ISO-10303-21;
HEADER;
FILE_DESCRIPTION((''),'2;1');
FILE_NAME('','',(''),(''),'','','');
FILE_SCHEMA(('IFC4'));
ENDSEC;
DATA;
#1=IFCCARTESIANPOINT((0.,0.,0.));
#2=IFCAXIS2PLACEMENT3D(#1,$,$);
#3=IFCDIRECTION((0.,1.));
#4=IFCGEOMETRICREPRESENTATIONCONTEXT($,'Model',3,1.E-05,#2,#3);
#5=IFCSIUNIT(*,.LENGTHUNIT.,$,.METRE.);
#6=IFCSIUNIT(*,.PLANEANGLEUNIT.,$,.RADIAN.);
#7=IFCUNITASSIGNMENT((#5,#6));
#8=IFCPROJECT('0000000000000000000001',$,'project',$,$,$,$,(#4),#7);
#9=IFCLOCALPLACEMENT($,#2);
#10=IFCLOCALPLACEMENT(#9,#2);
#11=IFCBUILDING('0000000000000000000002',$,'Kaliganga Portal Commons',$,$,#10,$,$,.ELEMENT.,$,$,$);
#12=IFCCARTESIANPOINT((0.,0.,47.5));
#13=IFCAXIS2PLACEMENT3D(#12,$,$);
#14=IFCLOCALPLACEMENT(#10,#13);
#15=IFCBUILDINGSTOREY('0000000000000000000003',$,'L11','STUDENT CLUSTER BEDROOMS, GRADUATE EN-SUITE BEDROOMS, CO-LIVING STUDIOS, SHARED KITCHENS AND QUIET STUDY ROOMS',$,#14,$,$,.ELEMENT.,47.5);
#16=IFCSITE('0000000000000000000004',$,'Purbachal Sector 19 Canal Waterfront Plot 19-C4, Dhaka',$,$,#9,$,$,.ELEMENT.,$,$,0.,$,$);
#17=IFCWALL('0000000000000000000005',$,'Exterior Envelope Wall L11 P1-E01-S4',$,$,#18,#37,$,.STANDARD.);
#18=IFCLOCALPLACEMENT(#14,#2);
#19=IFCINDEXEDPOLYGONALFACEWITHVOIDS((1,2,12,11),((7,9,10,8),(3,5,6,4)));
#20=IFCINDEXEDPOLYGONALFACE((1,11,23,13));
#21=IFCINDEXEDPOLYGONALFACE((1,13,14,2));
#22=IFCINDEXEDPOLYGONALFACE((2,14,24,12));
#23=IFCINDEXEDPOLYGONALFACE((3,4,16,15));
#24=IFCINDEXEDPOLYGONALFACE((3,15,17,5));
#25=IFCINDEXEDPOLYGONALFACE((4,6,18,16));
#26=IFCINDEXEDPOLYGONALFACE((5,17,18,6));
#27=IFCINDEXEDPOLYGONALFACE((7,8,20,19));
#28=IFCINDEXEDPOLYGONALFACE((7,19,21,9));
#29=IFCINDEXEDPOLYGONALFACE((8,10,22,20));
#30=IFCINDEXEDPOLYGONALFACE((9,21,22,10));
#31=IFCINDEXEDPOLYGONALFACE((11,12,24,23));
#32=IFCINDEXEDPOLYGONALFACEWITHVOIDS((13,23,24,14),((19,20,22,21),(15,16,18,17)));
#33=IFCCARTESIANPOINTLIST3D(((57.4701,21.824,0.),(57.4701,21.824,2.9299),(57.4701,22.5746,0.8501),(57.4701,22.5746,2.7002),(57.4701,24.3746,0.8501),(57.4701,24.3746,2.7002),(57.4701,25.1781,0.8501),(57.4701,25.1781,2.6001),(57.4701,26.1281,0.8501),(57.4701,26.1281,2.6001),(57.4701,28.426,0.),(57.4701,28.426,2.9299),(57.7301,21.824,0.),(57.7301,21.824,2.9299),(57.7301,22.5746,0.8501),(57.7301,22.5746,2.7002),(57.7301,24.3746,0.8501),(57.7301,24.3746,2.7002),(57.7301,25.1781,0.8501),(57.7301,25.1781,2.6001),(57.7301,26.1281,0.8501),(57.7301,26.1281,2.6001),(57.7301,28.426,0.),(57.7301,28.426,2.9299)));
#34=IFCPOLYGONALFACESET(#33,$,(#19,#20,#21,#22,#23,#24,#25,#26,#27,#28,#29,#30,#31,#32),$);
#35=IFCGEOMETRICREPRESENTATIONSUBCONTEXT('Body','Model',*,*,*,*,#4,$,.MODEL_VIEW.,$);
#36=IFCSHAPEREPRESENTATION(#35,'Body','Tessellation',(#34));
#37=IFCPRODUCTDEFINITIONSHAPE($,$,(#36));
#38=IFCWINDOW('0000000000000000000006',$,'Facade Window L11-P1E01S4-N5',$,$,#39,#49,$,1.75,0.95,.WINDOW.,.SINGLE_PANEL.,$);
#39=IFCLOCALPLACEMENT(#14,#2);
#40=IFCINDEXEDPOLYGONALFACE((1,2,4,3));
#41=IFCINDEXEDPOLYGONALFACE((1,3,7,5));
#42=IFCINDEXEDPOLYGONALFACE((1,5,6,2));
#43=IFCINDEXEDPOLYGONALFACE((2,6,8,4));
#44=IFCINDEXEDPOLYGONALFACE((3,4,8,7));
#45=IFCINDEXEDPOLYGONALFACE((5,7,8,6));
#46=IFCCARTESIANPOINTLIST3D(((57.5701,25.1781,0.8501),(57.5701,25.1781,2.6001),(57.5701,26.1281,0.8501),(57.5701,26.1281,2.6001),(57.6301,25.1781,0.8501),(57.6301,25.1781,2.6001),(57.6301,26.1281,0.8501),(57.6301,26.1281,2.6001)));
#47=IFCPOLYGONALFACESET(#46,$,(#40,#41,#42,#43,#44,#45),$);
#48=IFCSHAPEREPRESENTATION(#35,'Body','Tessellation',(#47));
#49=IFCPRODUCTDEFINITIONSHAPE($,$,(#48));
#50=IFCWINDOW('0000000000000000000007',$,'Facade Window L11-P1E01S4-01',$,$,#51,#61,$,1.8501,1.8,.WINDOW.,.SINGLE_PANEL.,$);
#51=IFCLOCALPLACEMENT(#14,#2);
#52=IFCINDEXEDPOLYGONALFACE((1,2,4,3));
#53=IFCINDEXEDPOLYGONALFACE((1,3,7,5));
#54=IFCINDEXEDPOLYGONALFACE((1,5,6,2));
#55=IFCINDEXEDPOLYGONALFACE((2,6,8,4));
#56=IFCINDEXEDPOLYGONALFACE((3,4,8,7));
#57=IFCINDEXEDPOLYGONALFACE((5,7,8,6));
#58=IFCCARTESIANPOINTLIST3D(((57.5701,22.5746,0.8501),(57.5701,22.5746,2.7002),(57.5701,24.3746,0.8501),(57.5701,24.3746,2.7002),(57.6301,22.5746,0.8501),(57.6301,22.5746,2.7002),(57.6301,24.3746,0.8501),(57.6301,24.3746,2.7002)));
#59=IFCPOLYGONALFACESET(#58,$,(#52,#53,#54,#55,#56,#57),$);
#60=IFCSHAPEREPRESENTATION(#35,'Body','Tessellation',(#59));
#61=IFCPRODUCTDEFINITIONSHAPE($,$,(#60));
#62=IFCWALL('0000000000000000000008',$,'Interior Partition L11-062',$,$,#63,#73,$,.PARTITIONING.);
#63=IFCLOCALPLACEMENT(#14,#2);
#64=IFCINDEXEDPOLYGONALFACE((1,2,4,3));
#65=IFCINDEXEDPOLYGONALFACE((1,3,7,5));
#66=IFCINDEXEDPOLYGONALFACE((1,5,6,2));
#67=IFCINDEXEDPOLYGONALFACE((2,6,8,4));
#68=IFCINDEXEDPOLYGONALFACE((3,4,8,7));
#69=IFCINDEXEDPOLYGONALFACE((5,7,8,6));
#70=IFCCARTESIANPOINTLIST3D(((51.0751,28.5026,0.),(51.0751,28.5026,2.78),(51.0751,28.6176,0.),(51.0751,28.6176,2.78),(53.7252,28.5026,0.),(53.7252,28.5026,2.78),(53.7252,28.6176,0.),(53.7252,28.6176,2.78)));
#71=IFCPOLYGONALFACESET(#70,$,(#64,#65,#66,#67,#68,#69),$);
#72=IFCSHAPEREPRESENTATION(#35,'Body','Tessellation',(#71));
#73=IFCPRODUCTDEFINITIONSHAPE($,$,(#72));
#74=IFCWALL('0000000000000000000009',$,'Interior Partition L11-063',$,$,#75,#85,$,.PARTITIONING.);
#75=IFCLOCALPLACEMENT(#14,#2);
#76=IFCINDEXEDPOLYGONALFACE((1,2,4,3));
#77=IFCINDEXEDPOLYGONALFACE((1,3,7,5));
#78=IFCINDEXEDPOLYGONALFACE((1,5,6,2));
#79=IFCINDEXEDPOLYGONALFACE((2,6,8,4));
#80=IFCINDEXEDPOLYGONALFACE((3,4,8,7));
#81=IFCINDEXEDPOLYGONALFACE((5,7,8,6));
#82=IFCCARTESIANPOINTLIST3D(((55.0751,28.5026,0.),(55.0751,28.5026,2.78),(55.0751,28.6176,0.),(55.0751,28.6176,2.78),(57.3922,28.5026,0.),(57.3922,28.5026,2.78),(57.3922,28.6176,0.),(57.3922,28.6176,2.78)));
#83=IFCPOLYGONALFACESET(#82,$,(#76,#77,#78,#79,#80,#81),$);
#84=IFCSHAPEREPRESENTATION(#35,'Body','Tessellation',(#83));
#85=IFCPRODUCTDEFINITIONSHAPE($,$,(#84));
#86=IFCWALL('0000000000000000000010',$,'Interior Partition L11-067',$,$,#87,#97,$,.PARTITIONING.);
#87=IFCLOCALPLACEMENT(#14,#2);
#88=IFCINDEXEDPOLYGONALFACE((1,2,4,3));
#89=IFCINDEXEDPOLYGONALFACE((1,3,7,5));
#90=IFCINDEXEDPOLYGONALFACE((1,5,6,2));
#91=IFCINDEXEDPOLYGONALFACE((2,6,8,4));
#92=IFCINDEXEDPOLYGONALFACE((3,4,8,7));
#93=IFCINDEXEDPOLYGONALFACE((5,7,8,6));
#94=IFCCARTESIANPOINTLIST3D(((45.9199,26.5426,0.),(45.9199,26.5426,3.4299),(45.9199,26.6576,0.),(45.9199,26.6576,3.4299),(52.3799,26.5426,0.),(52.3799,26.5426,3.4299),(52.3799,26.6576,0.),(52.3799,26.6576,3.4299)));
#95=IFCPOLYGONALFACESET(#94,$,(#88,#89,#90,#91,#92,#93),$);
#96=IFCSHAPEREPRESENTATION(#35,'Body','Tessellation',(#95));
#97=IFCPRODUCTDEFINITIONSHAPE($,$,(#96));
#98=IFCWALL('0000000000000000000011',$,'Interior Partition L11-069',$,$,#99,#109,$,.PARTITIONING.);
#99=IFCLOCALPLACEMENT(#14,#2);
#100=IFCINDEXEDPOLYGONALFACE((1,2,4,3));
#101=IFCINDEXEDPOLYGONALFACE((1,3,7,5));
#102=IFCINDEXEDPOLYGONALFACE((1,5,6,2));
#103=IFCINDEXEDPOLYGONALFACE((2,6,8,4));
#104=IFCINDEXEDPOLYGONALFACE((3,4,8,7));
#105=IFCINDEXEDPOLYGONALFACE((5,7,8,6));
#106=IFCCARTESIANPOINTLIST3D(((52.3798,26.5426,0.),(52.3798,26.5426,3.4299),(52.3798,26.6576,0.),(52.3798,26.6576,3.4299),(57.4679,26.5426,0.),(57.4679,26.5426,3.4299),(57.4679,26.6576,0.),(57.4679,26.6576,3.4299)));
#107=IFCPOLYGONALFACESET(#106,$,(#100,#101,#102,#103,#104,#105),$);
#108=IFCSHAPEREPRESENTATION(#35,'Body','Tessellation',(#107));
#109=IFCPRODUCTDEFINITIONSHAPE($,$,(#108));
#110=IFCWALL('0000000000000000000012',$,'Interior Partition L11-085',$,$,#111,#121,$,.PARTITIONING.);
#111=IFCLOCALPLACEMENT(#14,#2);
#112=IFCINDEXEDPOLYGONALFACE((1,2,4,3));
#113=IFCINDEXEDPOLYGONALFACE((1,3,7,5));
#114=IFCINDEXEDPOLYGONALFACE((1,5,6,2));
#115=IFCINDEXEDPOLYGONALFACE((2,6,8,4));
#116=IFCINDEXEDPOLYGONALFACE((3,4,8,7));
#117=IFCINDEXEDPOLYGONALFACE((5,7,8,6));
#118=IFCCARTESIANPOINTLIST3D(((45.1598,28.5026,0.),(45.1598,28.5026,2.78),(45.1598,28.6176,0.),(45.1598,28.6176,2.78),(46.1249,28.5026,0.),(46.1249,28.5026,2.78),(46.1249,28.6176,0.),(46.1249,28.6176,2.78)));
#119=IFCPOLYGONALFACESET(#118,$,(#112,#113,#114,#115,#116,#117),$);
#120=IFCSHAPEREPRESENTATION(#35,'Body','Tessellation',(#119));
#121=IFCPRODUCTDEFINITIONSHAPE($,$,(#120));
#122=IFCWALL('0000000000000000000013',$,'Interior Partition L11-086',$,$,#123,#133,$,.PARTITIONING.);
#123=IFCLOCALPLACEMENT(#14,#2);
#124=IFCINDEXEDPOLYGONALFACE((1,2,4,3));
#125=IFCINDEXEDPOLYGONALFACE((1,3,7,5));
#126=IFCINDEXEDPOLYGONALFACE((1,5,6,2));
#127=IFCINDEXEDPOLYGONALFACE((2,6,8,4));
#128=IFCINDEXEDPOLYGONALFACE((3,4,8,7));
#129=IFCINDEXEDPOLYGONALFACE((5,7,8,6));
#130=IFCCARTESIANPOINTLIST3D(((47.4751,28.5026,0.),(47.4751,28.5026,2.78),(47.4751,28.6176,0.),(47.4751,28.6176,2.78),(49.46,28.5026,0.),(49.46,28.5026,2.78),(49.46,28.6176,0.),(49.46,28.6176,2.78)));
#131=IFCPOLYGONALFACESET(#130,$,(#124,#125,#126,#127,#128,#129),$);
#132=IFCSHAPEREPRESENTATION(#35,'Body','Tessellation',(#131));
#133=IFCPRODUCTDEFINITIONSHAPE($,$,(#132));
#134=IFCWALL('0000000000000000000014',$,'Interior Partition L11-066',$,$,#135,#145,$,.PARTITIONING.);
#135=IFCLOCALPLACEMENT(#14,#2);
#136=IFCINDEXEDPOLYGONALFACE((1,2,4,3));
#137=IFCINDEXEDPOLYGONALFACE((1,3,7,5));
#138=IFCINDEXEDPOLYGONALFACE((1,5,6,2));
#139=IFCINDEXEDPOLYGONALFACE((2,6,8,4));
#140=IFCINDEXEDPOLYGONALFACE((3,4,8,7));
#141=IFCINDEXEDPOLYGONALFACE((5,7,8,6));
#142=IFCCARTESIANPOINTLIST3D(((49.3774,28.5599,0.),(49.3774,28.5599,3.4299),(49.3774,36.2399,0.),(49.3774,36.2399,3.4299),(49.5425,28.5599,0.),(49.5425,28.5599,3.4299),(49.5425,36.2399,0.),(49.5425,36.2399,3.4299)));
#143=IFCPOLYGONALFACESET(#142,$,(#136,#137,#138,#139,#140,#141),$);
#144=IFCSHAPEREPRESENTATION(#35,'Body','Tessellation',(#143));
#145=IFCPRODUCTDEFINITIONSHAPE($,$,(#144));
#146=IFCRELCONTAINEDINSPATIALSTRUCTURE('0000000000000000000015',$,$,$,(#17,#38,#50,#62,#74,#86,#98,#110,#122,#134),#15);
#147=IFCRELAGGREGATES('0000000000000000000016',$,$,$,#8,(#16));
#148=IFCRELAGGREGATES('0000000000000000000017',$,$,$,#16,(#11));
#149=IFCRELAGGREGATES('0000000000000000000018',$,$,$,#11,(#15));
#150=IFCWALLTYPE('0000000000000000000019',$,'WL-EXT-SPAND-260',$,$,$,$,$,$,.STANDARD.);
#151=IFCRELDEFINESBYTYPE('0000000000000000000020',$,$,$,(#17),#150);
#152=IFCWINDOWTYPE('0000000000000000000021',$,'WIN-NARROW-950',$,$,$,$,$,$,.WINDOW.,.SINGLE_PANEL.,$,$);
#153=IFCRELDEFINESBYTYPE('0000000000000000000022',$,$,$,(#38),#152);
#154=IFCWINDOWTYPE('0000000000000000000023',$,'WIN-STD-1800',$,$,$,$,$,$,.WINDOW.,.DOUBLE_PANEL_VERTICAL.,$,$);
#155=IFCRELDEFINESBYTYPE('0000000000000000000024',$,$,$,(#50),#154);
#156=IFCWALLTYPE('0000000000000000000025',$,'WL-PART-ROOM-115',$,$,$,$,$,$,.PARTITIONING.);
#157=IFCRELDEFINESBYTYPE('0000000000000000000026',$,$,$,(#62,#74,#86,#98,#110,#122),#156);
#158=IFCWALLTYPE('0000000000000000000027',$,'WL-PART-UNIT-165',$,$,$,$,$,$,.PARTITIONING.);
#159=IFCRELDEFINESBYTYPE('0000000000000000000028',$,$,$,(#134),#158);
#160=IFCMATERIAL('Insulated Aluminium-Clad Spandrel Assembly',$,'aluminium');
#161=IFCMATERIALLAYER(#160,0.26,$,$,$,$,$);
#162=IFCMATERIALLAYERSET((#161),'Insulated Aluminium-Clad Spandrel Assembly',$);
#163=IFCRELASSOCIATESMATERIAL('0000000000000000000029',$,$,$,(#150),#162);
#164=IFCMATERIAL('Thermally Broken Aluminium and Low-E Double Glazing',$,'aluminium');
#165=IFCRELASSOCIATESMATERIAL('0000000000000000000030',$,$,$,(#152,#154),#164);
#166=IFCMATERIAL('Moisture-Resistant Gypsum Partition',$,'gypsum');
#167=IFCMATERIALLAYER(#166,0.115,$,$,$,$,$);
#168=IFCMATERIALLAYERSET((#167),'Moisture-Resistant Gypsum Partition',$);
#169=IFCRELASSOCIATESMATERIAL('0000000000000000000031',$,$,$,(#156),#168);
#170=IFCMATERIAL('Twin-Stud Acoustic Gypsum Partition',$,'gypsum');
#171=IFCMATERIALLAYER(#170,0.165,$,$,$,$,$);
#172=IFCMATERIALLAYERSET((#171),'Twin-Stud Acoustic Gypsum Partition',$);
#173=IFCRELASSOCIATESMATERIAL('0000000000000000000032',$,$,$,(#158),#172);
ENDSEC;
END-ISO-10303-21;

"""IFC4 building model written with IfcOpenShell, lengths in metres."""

from ifc_helpers import new_model, si_unit, direction, frame, frame_2d, origin, place, context, subcontext, project, spatial, rectangle, extrude, material, layer, layer_set, type_object, element, fill, save


model = new_model("IFC4")

# Units and contexts
model_context = context("Model", 3, precision=1e-05, world=origin(), true_north=direction((0.0, 1.0)))
body_context = subcontext(model_context, "Body", "Model", "MODEL_VIEW")
ifc_project = project(units=[si_unit("LENGTHUNIT", "METRE"), si_unit("PLANEANGLEUNIT", "RADIAN")], contexts=[model_context])

# Site, building, storey
site_placement = place(None, origin())
site = spatial("IfcSite", under=ifc_project, at=site_placement, Name="Purbachal Sector 19 Canal Waterfront Plot 19-C4, Dhaka", CompositionType="ELEMENT", RefElevation=0.0)
building_placement = place(site_placement, origin())
building = spatial("IfcBuilding", under=site, at=building_placement, Name="Kaliganga Portal Commons", CompositionType="ELEMENT")
storey_placement = place(building_placement, frame((0.0, 0.0, 47.5)))
storey = spatial("IfcBuildingStorey", under=building, at=storey_placement, Name="L11", Description="STUDENT CLUSTER BEDROOMS, GRADUATE EN-SUITE BEDROOMS, CO-LIVING STUDIOS, SHARED KITCHENS AND QUIET STUDY ROOMS", CompositionType="ELEMENT", Elevation=47.5)

# Wall, openings, windows
ifc_material_1 = material(Name="Insulated Aluminium-Clad Spandrel Assembly", Category="aluminium")
ifc_layer_1 = layer(ifc_material_1, 0.26)
ifc_layer_set_1 = layer_set([ifc_layer_1], Name="Insulated Aluminium-Clad Spandrel Assembly")
wall_type_1 = type_object("IfcWallType", Name="WL-EXT-SPAND-260", PredefinedType="STANDARD", material=ifc_layer_set_1)
wall_1_placement = place(storey_placement, frame((57.6001, 28.426, 0.0), z_axis=(0.0, 0.0, 1.0), x_axis=(0.0, -1.0, 0.0)))
wall_1 = element("IfcWall", 1, at=wall_1_placement, inside=storey, type_object=wall_type_1, Name="Exterior Envelope Wall L11 P1-E01-S4", PredefinedType="STANDARD", context=body_context, shape_type="SweptSolid", body=[
    extrude(rectangle(XDim=6.6021, YDim=0.26, at=frame_2d((3.301, 0.0))), origin(), (0.0, 0.0, 1.0), 2.9299),
])
opening_1_placement = place(wall_1_placement, frame((4.0515, 0.0, 0.8501)))
opening_1 = element("IfcOpeningElement", 2, at=opening_1_placement, cuts=wall_1, PredefinedType="OPENING", context=body_context, shape_type="SweptSolid", body=[
    extrude(rectangle(XDim=1.8, YDim=1.8501, at=frame_2d((0.8999, 0.925))), frame((0.0, 0.1401, 0.0), z_axis=(0.0, -1.0, 0.0), x_axis=(1.0, 0.0, 0.0)), (0.0, 0.0, 1.0), 0.28),
])
opening_2_placement = place(wall_1_placement, frame((2.2979, 0.0, 0.8501)))
opening_2 = element("IfcOpeningElement", 3, at=opening_2_placement, cuts=wall_1, PredefinedType="OPENING", context=body_context, shape_type="SweptSolid", body=[
    extrude(rectangle(XDim=0.95, YDim=1.75, at=frame_2d((0.4751, 0.875))), frame((0.0, 0.1401, 0.0), z_axis=(0.0, -1.0, 0.0), x_axis=(1.0, 0.0, 0.0)), (0.0, 0.0, 1.0), 0.28),
])
ifc_material_2 = material(Name="Thermally Broken Aluminium and Low-E Double Glazing", Category="aluminium")
window_type_1 = type_object("IfcWindowType", Name="WIN-NARROW-950", PartitioningType="SINGLE_PANEL", PredefinedType="WINDOW", material=ifc_material_2)
window_1_placement = place(opening_2_placement, origin())
window_1 = element("IfcWindow", 4, at=window_1_placement, inside=storey, type_object=window_type_1, Name="Facade Window L11-P1E01S4-N5", OverallHeight=1.75, OverallWidth=0.95, PartitioningType="SINGLE_PANEL", PredefinedType="WINDOW", context=body_context, shape_type="SweptSolid", body=[
    extrude(rectangle(XDim=0.95, YDim=1.75, at=frame_2d((0.4751, 0.875))), frame((0.0, 0.03, 0.0), z_axis=(0.0, -1.0, 0.0), x_axis=(1.0, 0.0, 0.0)), (0.0, 0.0, 1.0), 0.0601),
])
fill(opening_2, window_1)
window_type_2 = type_object("IfcWindowType", Name="WIN-STD-1800", PartitioningType="DOUBLE_PANEL_VERTICAL", PredefinedType="WINDOW", material=ifc_material_2)
window_2_placement = place(opening_1_placement, origin())
window_2 = element("IfcWindow", 5, at=window_2_placement, inside=storey, type_object=window_type_2, Name="Facade Window L11-P1E01S4-01", OverallHeight=1.8501, OverallWidth=1.8, PartitioningType="SINGLE_PANEL", PredefinedType="WINDOW", context=body_context, shape_type="SweptSolid", body=[
    extrude(rectangle(XDim=1.8, YDim=1.8501, at=frame_2d((0.8999, 0.925))), frame((0.0, 0.03, 0.0), z_axis=(0.0, -1.0, 0.0), x_axis=(1.0, 0.0, 0.0)), (0.0, 0.0, 1.0), 0.0601),
])
fill(opening_1, window_2)

# Walls
ifc_material_3 = material(Name="Moisture-Resistant Gypsum Partition", Category="gypsum")
ifc_layer_2 = layer(ifc_material_3, 0.115)
ifc_layer_set_2 = layer_set([ifc_layer_2], Name="Moisture-Resistant Gypsum Partition")
wall_type_2 = type_object("IfcWallType", Name="WL-PART-ROOM-115", PredefinedType="PARTITIONING", material=ifc_layer_set_2)
wall_2_placement = place(storey_placement, frame((51.075, 28.5601, 0.0), z_axis=(0.0, 0.0, 1.0), x_axis=(1.0, 0.0, 0.0)))
element("IfcWall", 6, at=wall_2_placement, inside=storey, type_object=wall_type_2, Name="Interior Partition L11-062", PredefinedType="PARTITIONING", context=body_context, shape_type="SweptSolid", body=[
    extrude(rectangle(XDim=2.6501, YDim=0.115, at=frame_2d((1.3252, 0.0))), origin(), (0.0, 0.0, 1.0), 2.78),
])
wall_3_placement = place(storey_placement, frame((55.075, 28.5601, 0.0), z_axis=(0.0, 0.0, 1.0), x_axis=(1.0, 0.0, 0.0)))
element("IfcWall", 7, at=wall_3_placement, inside=storey, type_object=wall_type_2, Name="Interior Partition L11-063", PredefinedType="PARTITIONING", context=body_context, shape_type="SweptSolid", body=[
    extrude(rectangle(XDim=2.3171, YDim=0.115, at=frame_2d((1.1587, 0.0))), origin(), (0.0, 0.0, 1.0), 2.78),
])
wall_4_placement = place(storey_placement, frame((45.9199, 26.6001, 0.0), z_axis=(0.0, 0.0, 1.0), x_axis=(1.0, 0.0, 0.0)))
element("IfcWall", 8, at=wall_4_placement, inside=storey, type_object=wall_type_2, Name="Interior Partition L11-067", PredefinedType="PARTITIONING", context=body_context, shape_type="SweptSolid", body=[
    extrude(rectangle(XDim=6.46, YDim=0.115, at=frame_2d((3.23, 0.0))), origin(), (0.0, 0.0, 1.0), 3.4299),
])
wall_5_placement = place(storey_placement, frame((52.3799, 26.6001, 0.0), z_axis=(0.0, 0.0, 1.0), x_axis=(1.0, 0.0, 0.0)))
element("IfcWall", 9, at=wall_5_placement, inside=storey, type_object=wall_type_2, Name="Interior Partition L11-069", PredefinedType="PARTITIONING", context=body_context, shape_type="SweptSolid", body=[
    extrude(rectangle(XDim=5.0881, YDim=0.115, at=frame_2d((2.5439, 0.0))), origin(), (0.0, 0.0, 1.0), 3.4299),
])
wall_6_placement = place(storey_placement, frame((45.1599, 28.5601, 0.0), z_axis=(0.0, 0.0, 1.0), x_axis=(1.0, 0.0, 0.0)))
element("IfcWall", 10, at=wall_6_placement, inside=storey, type_object=wall_type_2, Name="Interior Partition L11-085", PredefinedType="PARTITIONING", context=body_context, shape_type="SweptSolid", body=[
    extrude(rectangle(XDim=0.9651, YDim=0.115, at=frame_2d((0.4824, 0.0))), origin(), (0.0, 0.0, 1.0), 2.78),
])
wall_7_placement = place(storey_placement, frame((47.4751, 28.5601, 0.0), z_axis=(0.0, 0.0, 1.0), x_axis=(1.0, 0.0, 0.0)))
element("IfcWall", 11, at=wall_7_placement, inside=storey, type_object=wall_type_2, Name="Interior Partition L11-086", PredefinedType="PARTITIONING", context=body_context, shape_type="SweptSolid", body=[
    extrude(rectangle(XDim=1.9849, YDim=0.115, at=frame_2d((0.9924, 0.0))), origin(), (0.0, 0.0, 1.0), 2.78),
])
ifc_material_4 = material(Name="Twin-Stud Acoustic Gypsum Partition", Category="gypsum")
ifc_layer_3 = layer(ifc_material_4, 0.165)
ifc_layer_set_3 = layer_set([ifc_layer_3], Name="Twin-Stud Acoustic Gypsum Partition")
wall_type_3 = type_object("IfcWallType", Name="WL-PART-UNIT-165", PredefinedType="PARTITIONING", material=ifc_layer_set_3)
wall_8_placement = place(storey_placement, frame((49.46, 28.5601, 0.0), z_axis=(0.0, 0.0, 1.0), x_axis=(0.0, 1.0, 0.0)))
element("IfcWall", 12, at=wall_8_placement, inside=storey, type_object=wall_type_3, Name="Interior Partition L11-066", PredefinedType="PARTITIONING", context=body_context, shape_type="SweptSolid", body=[
    extrude(rectangle(XDim=7.6799, YDim=0.165, at=frame_2d((3.8398, 0.0))), origin(), (0.0, 0.0, 1.0), 3.4299),
])

save(model, "model.ifc")
